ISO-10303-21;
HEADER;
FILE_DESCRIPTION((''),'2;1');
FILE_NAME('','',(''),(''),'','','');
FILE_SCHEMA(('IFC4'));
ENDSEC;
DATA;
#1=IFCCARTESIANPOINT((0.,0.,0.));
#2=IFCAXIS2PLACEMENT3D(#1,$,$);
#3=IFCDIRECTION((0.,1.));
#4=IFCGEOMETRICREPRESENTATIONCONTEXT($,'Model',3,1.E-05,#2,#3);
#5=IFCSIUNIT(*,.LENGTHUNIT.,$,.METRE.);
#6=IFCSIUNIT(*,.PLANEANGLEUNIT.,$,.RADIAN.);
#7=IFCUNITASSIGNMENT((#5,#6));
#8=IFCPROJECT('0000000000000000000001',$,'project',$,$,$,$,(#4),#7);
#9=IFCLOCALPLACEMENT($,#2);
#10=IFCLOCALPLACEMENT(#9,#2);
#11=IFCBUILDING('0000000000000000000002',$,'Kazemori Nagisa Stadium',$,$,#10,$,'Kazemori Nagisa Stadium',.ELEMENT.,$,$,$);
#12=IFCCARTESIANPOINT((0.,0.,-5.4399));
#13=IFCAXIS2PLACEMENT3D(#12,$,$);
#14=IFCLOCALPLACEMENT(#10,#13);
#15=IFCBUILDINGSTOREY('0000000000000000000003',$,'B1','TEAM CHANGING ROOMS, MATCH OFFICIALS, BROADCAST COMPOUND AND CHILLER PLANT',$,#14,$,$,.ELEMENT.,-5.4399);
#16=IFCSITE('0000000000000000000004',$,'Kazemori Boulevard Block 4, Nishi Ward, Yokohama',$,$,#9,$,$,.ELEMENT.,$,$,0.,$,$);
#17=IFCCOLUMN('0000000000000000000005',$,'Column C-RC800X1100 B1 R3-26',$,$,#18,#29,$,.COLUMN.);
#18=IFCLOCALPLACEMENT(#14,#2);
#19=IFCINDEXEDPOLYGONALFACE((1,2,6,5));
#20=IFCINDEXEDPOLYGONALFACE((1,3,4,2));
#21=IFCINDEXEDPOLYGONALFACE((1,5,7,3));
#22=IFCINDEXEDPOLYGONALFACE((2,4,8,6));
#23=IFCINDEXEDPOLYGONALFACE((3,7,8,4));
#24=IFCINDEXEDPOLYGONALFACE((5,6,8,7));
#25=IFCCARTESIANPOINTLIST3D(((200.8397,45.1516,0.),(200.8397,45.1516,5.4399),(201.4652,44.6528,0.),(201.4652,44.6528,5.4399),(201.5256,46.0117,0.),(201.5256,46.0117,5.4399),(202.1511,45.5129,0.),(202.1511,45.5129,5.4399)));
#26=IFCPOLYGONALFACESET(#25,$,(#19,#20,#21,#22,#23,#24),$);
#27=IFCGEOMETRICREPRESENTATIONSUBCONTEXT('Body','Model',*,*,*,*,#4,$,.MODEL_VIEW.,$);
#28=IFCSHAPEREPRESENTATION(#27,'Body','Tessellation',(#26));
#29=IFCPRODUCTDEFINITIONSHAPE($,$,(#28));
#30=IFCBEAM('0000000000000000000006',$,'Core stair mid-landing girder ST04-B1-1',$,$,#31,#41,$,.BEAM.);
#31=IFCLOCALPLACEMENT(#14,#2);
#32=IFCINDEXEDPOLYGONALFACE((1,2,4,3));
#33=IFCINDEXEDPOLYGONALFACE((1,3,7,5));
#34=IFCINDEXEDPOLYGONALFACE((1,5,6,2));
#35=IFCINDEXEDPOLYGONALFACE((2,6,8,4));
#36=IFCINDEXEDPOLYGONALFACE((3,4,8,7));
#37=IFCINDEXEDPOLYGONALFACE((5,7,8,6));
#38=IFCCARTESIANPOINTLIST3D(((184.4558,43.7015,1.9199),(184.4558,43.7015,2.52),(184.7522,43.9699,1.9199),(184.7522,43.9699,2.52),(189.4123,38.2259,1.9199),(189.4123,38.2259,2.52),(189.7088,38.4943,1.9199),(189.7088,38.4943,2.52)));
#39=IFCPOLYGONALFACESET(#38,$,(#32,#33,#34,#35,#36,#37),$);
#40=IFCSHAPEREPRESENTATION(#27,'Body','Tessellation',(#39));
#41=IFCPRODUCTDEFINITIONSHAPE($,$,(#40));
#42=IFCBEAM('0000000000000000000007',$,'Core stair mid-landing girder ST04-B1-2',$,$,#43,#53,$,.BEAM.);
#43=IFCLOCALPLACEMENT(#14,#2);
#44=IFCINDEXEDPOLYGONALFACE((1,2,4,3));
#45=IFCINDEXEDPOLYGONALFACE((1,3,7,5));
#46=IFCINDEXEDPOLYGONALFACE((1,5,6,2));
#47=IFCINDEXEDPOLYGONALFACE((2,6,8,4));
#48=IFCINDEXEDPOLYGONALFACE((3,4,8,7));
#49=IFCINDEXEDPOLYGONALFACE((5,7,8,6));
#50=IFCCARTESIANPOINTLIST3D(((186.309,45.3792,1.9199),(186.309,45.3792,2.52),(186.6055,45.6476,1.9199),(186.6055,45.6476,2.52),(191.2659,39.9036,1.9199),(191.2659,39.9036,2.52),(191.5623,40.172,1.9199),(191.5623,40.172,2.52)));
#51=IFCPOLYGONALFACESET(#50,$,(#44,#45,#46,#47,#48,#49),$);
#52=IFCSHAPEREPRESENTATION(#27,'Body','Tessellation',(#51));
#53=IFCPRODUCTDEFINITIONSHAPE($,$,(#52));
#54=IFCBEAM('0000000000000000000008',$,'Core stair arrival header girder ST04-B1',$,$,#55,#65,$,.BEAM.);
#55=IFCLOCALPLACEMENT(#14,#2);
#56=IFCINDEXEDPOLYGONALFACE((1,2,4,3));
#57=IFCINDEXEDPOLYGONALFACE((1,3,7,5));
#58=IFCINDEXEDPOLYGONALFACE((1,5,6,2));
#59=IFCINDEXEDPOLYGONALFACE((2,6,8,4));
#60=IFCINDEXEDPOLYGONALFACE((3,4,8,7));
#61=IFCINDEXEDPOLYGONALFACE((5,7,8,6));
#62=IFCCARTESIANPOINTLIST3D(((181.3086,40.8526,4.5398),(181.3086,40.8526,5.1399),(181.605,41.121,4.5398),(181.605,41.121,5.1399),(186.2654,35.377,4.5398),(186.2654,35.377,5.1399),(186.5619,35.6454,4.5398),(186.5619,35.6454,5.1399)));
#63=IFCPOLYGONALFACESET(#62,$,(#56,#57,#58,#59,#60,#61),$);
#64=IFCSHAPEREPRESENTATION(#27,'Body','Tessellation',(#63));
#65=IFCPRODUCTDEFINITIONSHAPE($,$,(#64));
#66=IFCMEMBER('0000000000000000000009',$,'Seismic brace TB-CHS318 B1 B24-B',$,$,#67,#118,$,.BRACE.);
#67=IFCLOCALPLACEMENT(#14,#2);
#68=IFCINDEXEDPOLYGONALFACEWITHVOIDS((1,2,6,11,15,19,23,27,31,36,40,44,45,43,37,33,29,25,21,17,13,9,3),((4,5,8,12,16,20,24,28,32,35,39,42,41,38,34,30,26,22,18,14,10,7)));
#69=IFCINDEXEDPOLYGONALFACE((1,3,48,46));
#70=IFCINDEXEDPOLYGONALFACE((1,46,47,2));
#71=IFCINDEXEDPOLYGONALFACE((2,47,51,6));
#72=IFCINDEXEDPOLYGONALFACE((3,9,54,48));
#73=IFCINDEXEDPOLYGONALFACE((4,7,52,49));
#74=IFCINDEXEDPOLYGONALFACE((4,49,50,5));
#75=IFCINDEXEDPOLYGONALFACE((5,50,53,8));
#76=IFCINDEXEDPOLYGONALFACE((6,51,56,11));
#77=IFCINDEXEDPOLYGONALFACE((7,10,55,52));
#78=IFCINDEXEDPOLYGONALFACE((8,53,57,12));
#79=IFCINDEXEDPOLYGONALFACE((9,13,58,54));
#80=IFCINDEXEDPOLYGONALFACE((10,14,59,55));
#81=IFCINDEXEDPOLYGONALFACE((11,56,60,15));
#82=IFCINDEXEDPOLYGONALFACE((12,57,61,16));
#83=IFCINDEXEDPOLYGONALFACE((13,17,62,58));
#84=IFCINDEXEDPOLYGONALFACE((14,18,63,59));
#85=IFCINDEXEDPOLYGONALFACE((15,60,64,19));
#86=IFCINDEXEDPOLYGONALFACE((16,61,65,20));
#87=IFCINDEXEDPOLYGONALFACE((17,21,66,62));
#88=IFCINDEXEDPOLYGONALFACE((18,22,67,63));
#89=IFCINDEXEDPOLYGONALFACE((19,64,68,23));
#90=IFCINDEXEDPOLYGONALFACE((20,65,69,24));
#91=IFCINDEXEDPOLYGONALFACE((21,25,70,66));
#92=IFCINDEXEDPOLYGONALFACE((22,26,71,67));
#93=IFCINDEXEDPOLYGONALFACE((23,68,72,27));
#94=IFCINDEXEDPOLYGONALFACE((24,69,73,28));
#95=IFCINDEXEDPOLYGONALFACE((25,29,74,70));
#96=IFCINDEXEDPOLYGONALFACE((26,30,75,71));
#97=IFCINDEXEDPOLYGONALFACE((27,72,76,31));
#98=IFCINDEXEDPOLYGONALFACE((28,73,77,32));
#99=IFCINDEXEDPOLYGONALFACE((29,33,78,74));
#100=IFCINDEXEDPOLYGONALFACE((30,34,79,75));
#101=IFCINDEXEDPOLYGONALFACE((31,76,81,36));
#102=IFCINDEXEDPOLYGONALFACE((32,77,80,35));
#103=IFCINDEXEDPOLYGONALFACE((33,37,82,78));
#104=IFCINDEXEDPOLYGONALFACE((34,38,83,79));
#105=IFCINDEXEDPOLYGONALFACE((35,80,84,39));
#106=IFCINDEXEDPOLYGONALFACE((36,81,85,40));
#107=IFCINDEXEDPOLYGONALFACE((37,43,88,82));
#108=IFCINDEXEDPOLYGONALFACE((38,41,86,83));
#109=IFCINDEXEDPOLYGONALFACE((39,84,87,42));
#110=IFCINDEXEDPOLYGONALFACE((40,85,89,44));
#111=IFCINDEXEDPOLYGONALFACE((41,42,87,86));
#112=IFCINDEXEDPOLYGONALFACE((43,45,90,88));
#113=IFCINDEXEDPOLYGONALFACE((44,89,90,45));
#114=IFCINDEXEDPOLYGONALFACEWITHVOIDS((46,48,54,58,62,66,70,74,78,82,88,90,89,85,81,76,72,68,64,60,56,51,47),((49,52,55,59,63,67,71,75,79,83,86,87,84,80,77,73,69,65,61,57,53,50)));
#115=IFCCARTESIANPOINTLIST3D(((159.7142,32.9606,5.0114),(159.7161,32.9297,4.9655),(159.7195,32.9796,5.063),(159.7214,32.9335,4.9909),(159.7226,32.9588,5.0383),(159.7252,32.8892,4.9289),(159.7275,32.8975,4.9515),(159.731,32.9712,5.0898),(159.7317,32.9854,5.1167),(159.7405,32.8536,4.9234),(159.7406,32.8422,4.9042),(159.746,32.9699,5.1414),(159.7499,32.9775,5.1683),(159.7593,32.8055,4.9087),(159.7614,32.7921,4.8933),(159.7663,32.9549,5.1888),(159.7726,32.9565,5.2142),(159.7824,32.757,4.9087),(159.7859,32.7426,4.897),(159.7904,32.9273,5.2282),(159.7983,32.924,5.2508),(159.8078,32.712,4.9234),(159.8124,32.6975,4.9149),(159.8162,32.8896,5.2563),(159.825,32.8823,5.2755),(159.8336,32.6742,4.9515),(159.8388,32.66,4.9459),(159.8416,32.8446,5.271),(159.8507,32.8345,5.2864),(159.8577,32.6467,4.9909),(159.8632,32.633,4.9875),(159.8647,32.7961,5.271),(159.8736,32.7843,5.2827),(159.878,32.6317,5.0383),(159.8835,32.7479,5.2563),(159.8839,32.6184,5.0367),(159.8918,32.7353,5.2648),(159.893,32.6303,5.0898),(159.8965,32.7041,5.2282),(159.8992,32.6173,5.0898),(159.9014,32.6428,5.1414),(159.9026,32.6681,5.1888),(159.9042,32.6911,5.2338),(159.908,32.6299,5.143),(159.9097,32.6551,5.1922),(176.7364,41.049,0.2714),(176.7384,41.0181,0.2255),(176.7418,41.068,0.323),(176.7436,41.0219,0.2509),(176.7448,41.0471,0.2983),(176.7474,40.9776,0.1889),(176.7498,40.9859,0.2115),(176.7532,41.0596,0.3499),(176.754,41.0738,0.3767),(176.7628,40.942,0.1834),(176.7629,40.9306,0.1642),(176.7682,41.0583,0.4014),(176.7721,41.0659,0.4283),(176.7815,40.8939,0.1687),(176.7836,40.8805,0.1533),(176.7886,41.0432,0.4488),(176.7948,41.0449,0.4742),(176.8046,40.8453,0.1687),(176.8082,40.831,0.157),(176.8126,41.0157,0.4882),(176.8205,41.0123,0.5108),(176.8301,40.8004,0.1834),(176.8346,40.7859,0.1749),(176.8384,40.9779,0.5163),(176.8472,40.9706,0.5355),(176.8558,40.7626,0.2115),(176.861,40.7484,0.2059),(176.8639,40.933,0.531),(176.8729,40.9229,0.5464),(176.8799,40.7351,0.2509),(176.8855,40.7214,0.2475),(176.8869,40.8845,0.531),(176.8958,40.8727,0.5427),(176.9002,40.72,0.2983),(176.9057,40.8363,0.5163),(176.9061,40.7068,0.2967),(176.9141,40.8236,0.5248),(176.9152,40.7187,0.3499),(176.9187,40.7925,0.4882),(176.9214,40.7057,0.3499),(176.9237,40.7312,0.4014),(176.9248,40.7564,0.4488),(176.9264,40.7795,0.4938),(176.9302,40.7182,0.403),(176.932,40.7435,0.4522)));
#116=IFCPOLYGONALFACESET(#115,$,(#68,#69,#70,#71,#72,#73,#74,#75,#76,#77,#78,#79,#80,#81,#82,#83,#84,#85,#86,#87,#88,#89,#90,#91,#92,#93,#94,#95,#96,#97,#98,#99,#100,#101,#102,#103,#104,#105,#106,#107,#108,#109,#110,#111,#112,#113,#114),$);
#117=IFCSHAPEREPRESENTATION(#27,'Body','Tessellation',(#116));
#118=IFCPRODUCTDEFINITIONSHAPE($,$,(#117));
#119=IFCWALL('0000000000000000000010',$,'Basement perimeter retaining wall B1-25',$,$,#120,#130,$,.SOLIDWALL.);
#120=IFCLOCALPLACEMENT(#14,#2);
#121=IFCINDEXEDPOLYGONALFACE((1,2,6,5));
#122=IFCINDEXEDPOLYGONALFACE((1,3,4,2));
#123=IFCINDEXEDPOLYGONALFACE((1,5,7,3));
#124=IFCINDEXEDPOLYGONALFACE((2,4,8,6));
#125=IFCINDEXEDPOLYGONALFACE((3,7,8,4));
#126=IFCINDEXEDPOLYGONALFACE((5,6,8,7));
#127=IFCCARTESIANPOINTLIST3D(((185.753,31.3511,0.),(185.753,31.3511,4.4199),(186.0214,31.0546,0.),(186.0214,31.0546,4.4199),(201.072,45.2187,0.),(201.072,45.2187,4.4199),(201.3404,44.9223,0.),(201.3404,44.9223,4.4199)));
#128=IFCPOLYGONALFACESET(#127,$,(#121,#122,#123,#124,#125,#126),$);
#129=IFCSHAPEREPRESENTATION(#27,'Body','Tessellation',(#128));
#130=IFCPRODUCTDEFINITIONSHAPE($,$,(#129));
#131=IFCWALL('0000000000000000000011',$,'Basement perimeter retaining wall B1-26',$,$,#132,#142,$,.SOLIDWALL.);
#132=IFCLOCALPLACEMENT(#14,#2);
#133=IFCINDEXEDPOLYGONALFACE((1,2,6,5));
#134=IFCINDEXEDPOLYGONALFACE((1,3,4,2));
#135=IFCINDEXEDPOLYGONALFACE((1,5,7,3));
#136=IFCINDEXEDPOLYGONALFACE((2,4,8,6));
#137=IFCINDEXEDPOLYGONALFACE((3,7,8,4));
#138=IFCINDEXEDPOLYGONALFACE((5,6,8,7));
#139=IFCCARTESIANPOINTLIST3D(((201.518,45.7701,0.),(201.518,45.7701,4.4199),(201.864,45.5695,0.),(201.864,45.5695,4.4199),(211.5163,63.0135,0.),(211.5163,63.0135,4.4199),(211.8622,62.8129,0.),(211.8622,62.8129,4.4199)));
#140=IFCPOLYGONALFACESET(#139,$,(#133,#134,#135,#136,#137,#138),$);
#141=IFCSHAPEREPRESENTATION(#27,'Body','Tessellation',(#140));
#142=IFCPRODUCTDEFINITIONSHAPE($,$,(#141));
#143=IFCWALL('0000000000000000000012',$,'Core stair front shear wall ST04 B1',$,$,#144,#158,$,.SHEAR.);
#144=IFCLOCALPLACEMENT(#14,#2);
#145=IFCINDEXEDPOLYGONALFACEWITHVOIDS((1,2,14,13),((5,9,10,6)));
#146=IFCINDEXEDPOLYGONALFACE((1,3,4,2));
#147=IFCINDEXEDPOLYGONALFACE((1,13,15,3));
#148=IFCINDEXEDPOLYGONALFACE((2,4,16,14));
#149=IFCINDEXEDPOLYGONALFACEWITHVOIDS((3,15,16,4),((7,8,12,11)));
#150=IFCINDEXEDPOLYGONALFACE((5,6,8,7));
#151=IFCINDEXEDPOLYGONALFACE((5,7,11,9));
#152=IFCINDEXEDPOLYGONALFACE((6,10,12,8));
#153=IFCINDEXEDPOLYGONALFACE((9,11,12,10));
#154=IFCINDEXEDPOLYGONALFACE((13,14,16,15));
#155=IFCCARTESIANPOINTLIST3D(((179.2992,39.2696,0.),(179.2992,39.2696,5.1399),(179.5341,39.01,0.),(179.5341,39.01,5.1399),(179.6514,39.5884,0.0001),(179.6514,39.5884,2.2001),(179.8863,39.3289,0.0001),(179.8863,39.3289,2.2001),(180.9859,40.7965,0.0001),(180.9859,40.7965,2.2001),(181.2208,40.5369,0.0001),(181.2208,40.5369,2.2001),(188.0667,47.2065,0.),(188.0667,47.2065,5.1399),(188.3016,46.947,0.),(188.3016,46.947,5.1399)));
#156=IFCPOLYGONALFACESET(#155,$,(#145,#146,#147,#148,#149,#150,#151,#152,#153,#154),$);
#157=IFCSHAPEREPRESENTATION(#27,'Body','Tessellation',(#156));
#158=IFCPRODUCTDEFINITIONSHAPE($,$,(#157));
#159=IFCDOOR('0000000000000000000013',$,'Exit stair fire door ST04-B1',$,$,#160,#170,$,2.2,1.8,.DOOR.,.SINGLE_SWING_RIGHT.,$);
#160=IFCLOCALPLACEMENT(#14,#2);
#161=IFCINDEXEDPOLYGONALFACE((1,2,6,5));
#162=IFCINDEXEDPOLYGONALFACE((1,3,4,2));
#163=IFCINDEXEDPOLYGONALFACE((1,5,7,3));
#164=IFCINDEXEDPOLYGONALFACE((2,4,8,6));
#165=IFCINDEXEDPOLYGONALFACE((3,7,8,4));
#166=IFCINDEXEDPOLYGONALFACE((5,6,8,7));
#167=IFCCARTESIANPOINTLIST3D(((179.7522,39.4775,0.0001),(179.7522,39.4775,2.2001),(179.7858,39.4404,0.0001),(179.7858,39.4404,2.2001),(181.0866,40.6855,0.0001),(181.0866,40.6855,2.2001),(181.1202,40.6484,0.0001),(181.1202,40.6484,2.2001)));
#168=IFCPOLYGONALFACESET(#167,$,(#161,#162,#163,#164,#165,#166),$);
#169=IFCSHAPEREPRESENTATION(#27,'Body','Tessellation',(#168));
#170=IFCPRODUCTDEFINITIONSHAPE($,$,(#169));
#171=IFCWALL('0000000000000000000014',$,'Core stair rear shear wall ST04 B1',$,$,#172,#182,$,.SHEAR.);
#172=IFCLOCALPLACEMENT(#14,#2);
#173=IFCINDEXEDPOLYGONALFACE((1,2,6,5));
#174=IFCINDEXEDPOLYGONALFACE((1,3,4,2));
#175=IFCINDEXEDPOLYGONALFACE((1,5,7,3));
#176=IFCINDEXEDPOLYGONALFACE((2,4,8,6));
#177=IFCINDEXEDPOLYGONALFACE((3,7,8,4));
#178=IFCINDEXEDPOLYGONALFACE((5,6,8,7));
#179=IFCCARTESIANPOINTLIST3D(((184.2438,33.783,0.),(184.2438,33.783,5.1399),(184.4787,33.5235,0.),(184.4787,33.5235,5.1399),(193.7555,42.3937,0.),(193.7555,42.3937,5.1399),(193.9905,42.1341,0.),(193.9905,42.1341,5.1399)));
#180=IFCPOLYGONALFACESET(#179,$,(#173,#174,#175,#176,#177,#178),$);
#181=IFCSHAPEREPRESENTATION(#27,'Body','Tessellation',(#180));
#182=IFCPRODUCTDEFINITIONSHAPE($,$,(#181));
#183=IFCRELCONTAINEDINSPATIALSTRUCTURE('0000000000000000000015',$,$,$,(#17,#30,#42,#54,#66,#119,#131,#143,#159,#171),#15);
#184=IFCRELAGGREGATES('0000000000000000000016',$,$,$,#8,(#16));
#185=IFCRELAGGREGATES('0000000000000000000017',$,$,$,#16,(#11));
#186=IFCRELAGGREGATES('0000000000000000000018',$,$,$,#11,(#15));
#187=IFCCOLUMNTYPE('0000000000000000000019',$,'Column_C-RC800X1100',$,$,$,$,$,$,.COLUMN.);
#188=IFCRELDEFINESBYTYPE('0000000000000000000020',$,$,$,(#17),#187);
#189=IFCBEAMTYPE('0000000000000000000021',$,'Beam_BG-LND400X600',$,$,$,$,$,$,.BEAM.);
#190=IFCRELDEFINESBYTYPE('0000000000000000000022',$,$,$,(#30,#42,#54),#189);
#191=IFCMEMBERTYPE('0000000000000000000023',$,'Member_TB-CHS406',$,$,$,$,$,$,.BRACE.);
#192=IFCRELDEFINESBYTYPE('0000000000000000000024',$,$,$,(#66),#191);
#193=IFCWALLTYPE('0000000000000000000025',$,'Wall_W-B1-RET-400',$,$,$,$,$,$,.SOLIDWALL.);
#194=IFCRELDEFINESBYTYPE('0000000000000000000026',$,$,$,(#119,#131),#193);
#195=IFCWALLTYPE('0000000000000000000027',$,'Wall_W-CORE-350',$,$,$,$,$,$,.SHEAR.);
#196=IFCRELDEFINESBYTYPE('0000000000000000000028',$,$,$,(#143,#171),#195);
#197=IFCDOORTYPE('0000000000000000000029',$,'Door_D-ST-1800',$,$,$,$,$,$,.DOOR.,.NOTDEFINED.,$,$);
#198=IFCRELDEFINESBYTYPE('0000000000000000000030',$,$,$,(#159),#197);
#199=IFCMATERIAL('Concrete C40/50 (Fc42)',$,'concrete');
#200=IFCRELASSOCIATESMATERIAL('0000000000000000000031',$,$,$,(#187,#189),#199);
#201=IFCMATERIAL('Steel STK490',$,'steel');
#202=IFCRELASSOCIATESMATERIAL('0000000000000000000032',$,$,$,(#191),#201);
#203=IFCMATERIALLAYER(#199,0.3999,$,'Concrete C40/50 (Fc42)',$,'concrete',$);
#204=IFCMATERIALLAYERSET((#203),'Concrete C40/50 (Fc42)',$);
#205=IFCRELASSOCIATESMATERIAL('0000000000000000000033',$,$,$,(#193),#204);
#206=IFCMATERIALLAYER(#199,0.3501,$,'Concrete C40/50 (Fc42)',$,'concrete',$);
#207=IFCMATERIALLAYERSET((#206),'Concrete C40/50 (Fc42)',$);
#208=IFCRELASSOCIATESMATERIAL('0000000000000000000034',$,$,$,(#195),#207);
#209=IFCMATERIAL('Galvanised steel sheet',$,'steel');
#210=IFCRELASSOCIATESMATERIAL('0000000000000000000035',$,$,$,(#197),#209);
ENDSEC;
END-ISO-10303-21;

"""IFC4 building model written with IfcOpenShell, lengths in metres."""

from ifc_helpers import new_model, si_unit, direction, frame, frame_2d, origin, origin_2d, place, context, subcontext, project, spatial, rectangle, hollow_circle, extrude, material, layer, layer_set, material_profile, profile_set, type_object, element, fill, save


model = new_model("IFC4")

# Units and contexts
model_context = context("Model", 3, precision=1e-05, world=origin(), true_north=direction((0.0, 1.0)))
body_context = subcontext(model_context, "Body", "Model", "MODEL_VIEW")
ifc_project = project(units=[si_unit("LENGTHUNIT", "METRE"), si_unit("PLANEANGLEUNIT", "RADIAN")], contexts=[model_context])

# Site, building, storey
site_placement = place(None, origin())
site = spatial("IfcSite", under=ifc_project, at=site_placement, Name="Kazemori Boulevard Block 4, Nishi Ward, Yokohama", CompositionType="ELEMENT", RefElevation=0.0)
building_placement = place(site_placement, origin())
building = spatial("IfcBuilding", under=site, at=building_placement, Name="Kazemori Nagisa Stadium", LongName="Kazemori Nagisa Stadium", CompositionType="ELEMENT")
storey_placement = place(building_placement, frame((0.0, 0.0, -5.4399)))
storey = spatial("IfcBuildingStorey", under=building, at=storey_placement, Name="B1", Description="TEAM CHANGING ROOMS, MATCH OFFICIALS, BROADCAST COMPOUND AND CHILLER PLANT", CompositionType="ELEMENT", Elevation=-5.4399)

# Shared definitions
ifc_material_1 = material(Name="Concrete C40/50 (Fc42)", Category="concrete")

# Column
ifc_material_profile_1 = material_profile(ifc_material_1, rectangle(XDim=0.8, YDim=1.1001, at=origin_2d()), Name="RC-COL-800x1100")
ifc_profile_set_1 = profile_set([ifc_material_profile_1], Name="Concrete C40/50 (Fc42)")
column_type_1 = type_object("IfcColumnType", Name="Column_C-RC800X1100", PredefinedType="COLUMN", material=ifc_profile_set_1)
for number, where, z_axis, x_axis, name in (
    (1, (201.4954, 45.3323, 0.0), (0.0, 0.0, 1.0), (0.781831, -0.62349, 0.0), "Column C-RC800X1100 B1 R3-26"),
):
    element("IfcColumn", number, at=place(storey_placement, frame(where, z_axis=z_axis, x_axis=x_axis)), inside=storey, type_object=column_type_1, Name=name, PredefinedType="COLUMN", context=body_context, shape_type="SweptSolid", body=[
        extrude(rectangle(XDim=0.8, YDim=1.1001, at=origin_2d()), origin(), (0.0, 0.0, 1.0), 5.4399),
    ])

# Beams
ifc_material_profile_2 = material_profile(ifc_material_1, rectangle(XDim=0.3999, YDim=0.6001, at=origin_2d()), Name="RC-BM-400x600")
ifc_profile_set_2 = profile_set([ifc_material_profile_2], Name="Concrete C40/50 (Fc42)")
beam_type = type_object("IfcBeamType", Name="Beam_BG-LND400X600", PredefinedType="BEAM", material=ifc_profile_set_2)
beam_placement = place(storey_placement, frame((184.604, 43.8357, 2.22), z_axis=(0.671095, -0.741371, 0.0), x_axis=(0.741371, 0.671095, 0.0)))
element("IfcBeam", 2, at=beam_placement, inside=storey, type_object=beam_type, Name="Core stair mid-landing girder ST04-B1-1", PredefinedType="BEAM", context=body_context, shape_type="SweptSolid", body=[
    extrude(rectangle(XDim=0.3999, YDim=0.6001, at=origin_2d()), origin(), (0.0, 0.0, 1.0), 7.3857),
])
for number, where, z_axis, x_axis, name in (
    (3, (186.4573, 45.5134, 2.22), (0.671113, -0.741355, 0.0), (0.741355, 0.671113, 0.0), "Core stair mid-landing girder ST04-B1-2"),
    (4, (181.4568, 40.9868, 4.8398), (0.671113, -0.741355, 0.0), (0.741355, 0.671113, 0.0), "Core stair arrival header girder ST04-B1"),
):
    element("IfcBeam", number, at=place(storey_placement, frame(where, z_axis=z_axis, x_axis=x_axis)), inside=storey, type_object=beam_type, Name=name, PredefinedType="BEAM", context=body_context, shape_type="SweptSolid", body=[
        extrude(rectangle(XDim=0.3999, YDim=0.6001, at=origin_2d()), origin(), (0.0, 0.0, 1.0), 7.386),
    ])

# Member
ifc_material_2 = material(Name="Steel STK490", Category="steel")
ifc_material_profile_3 = material_profile(ifc_material_2, hollow_circle(Radius=0.2031, WallThickness=0.0144, at=origin_2d()), Name="CHS-406.4x14.3")
ifc_profile_set_3 = profile_set([ifc_material_profile_3], Name="Steel STK490")
member_type = type_object("IfcMemberType", Name="Member_TB-CHS406", PredefinedType="BRACE", material=ifc_profile_set_3)
member_placement = place(storey_placement, frame((176.8342, 40.8892, 0.3499), z_axis=(-0.875939, -0.416217, 0.243913), x_axis=(0.429179, -0.903219, 0.0)))
element("IfcMember", 5, at=member_placement, inside=storey, type_object=member_type, Name="Seismic brace TB-CHS318 B1 B24-B", PredefinedType="BRACE", context=body_context, shape_type="SweptSolid", body=[
    extrude(hollow_circle(Radius=0.2031, WallThickness=0.0144, at=origin_2d()), origin(), (0.0, 0.0, 1.0), 19.4331),
])

# Walls
ifc_layer_1 = layer(ifc_material_1, 0.3999, Name="Concrete C40/50 (Fc42)", Category="concrete")
ifc_layer_set_1 = layer_set([ifc_layer_1], Name="Concrete C40/50 (Fc42)")
wall_type_1 = type_object("IfcWallType", Name="Wall_W-B1-RET-400", PredefinedType="SOLIDWALL", material=ifc_layer_set_1)
wall_1_placement = place(storey_placement, frame((185.8872, 31.2029, 0.0), z_axis=(0.0, 0.0, 1.0), x_axis=(0.741354, 0.671114, 0.0)))
element("IfcWall", 6, at=wall_1_placement, inside=storey, type_object=wall_type_1, Name="Basement perimeter retaining wall B1-25", PredefinedType="SOLIDWALL", context=body_context, shape_type="SweptSolid", body=[
    extrude(rectangle(XDim=20.6636, YDim=0.3999, at=frame_2d((10.3318, 0.0))), origin(), (0.0, 0.0, 1.0), 4.4199),
])
wall_2_placement = place(storey_placement, frame((201.6909, 45.6697, 0.0), z_axis=(0.0, 0.0, 1.0), x_axis=(0.50161, 0.865094, 0.0)))
element("IfcWall", 7, at=wall_2_placement, inside=storey, type_object=wall_type_1, Name="Basement perimeter retaining wall B1-26", PredefinedType="SOLIDWALL", context=body_context, shape_type="SweptSolid", body=[
    extrude(rectangle(XDim=19.9324, YDim=0.3999, at=frame_2d((9.9663, 0.0))), origin(), (0.0, 0.0, 1.0), 4.4199),
])

# Wall, opening, door
ifc_layer_2 = layer(ifc_material_1, 0.3501, Name="Concrete C40/50 (Fc42)", Category="concrete")
ifc_layer_set_2 = layer_set([ifc_layer_2], Name="Concrete C40/50 (Fc42)")
wall_type_2 = type_object("IfcWallType", Name="Wall_W-CORE-350", PredefinedType="SHEAR", material=ifc_layer_set_2)
wall_3_placement = place(storey_placement, frame((179.4167, 39.1399, 0.0), z_axis=(0.0, 0.0, 1.0), x_axis=(0.741349, 0.67112, 0.0)))
wall_3 = element("IfcWall", 8, at=wall_3_placement, inside=storey, type_object=wall_type_2, Name="Core stair front shear wall ST04 B1", PredefinedType="SHEAR", context=body_context, shape_type="SweptSolid", body=[
    extrude(rectangle(XDim=11.8264, YDim=0.3501, at=frame_2d((5.9131, 0.0))), origin(), (0.0, 0.0, 1.0), 5.1399),
])
opening_1_placement = place(wall_3_placement, frame((0.4751, 0.0, 0.0)))
opening_1 = element("IfcOpeningElement", 9, at=opening_1_placement, cuts=wall_3, PredefinedType="OPENING", context=body_context, shape_type="SweptSolid", body=[
    extrude(rectangle(XDim=1.8, YDim=2.2, at=frame_2d((0.8999, 1.1001))), frame((0.0, 0.1851, 0.0), z_axis=(0.0, -1.0, 0.0), x_axis=(1.0, 0.0, 0.0)), (0.0, 0.0, 1.0), 0.3701),
])
ifc_material_3 = material(Name="Galvanised steel sheet", Category="steel")
door_type_1 = type_object("IfcDoorType", Name="Door_D-ST-1800", OperationType="NOTDEFINED", PredefinedType="DOOR", material=ifc_material_3)
door_1_placement = place(opening_1_placement, frame((1.8, 0.0, 0.0), z_axis=(0.0, 0.0, 1.0), x_axis=(-1.0, 0.0, 0.0)))
door_1 = element("IfcDoor", 10, at=door_1_placement, inside=storey, type_object=door_type_1, Name="Exit stair fire door ST04-B1", OperationType="SINGLE_SWING_RIGHT", OverallHeight=2.2, OverallWidth=1.8, PredefinedType="DOOR", context=body_context, shape_type="SweptSolid", body=[
    extrude(rectangle(XDim=1.8, YDim=2.2, at=frame_2d((0.8999, 1.1001))), frame((0.0, 0.0249, 0.0), z_axis=(0.0, -1.0, 0.0), x_axis=(1.0, 0.0, 0.0)), (0.0, 0.0, 1.0), 0.05),
])
fill(opening_1, door_1)

# Wall
wall_4_placement = place(storey_placement, frame((184.3613, 33.6533, 0.0), z_axis=(0.0, 0.0, 1.0), x_axis=(0.741351, 0.671117, 0.0)))
element("IfcWall", 11, at=wall_4_placement, inside=storey, type_object=wall_type_2, Name="Core stair rear shear wall ST04 B1", PredefinedType="SHEAR", context=body_context, shape_type="SweptSolid", body=[
    extrude(rectangle(XDim=12.8303, YDim=0.3501, at=frame_2d((6.415, 0.0))), origin(), (0.0, 0.0, 1.0), 5.1399),
])

save(model, "model.ifc")
